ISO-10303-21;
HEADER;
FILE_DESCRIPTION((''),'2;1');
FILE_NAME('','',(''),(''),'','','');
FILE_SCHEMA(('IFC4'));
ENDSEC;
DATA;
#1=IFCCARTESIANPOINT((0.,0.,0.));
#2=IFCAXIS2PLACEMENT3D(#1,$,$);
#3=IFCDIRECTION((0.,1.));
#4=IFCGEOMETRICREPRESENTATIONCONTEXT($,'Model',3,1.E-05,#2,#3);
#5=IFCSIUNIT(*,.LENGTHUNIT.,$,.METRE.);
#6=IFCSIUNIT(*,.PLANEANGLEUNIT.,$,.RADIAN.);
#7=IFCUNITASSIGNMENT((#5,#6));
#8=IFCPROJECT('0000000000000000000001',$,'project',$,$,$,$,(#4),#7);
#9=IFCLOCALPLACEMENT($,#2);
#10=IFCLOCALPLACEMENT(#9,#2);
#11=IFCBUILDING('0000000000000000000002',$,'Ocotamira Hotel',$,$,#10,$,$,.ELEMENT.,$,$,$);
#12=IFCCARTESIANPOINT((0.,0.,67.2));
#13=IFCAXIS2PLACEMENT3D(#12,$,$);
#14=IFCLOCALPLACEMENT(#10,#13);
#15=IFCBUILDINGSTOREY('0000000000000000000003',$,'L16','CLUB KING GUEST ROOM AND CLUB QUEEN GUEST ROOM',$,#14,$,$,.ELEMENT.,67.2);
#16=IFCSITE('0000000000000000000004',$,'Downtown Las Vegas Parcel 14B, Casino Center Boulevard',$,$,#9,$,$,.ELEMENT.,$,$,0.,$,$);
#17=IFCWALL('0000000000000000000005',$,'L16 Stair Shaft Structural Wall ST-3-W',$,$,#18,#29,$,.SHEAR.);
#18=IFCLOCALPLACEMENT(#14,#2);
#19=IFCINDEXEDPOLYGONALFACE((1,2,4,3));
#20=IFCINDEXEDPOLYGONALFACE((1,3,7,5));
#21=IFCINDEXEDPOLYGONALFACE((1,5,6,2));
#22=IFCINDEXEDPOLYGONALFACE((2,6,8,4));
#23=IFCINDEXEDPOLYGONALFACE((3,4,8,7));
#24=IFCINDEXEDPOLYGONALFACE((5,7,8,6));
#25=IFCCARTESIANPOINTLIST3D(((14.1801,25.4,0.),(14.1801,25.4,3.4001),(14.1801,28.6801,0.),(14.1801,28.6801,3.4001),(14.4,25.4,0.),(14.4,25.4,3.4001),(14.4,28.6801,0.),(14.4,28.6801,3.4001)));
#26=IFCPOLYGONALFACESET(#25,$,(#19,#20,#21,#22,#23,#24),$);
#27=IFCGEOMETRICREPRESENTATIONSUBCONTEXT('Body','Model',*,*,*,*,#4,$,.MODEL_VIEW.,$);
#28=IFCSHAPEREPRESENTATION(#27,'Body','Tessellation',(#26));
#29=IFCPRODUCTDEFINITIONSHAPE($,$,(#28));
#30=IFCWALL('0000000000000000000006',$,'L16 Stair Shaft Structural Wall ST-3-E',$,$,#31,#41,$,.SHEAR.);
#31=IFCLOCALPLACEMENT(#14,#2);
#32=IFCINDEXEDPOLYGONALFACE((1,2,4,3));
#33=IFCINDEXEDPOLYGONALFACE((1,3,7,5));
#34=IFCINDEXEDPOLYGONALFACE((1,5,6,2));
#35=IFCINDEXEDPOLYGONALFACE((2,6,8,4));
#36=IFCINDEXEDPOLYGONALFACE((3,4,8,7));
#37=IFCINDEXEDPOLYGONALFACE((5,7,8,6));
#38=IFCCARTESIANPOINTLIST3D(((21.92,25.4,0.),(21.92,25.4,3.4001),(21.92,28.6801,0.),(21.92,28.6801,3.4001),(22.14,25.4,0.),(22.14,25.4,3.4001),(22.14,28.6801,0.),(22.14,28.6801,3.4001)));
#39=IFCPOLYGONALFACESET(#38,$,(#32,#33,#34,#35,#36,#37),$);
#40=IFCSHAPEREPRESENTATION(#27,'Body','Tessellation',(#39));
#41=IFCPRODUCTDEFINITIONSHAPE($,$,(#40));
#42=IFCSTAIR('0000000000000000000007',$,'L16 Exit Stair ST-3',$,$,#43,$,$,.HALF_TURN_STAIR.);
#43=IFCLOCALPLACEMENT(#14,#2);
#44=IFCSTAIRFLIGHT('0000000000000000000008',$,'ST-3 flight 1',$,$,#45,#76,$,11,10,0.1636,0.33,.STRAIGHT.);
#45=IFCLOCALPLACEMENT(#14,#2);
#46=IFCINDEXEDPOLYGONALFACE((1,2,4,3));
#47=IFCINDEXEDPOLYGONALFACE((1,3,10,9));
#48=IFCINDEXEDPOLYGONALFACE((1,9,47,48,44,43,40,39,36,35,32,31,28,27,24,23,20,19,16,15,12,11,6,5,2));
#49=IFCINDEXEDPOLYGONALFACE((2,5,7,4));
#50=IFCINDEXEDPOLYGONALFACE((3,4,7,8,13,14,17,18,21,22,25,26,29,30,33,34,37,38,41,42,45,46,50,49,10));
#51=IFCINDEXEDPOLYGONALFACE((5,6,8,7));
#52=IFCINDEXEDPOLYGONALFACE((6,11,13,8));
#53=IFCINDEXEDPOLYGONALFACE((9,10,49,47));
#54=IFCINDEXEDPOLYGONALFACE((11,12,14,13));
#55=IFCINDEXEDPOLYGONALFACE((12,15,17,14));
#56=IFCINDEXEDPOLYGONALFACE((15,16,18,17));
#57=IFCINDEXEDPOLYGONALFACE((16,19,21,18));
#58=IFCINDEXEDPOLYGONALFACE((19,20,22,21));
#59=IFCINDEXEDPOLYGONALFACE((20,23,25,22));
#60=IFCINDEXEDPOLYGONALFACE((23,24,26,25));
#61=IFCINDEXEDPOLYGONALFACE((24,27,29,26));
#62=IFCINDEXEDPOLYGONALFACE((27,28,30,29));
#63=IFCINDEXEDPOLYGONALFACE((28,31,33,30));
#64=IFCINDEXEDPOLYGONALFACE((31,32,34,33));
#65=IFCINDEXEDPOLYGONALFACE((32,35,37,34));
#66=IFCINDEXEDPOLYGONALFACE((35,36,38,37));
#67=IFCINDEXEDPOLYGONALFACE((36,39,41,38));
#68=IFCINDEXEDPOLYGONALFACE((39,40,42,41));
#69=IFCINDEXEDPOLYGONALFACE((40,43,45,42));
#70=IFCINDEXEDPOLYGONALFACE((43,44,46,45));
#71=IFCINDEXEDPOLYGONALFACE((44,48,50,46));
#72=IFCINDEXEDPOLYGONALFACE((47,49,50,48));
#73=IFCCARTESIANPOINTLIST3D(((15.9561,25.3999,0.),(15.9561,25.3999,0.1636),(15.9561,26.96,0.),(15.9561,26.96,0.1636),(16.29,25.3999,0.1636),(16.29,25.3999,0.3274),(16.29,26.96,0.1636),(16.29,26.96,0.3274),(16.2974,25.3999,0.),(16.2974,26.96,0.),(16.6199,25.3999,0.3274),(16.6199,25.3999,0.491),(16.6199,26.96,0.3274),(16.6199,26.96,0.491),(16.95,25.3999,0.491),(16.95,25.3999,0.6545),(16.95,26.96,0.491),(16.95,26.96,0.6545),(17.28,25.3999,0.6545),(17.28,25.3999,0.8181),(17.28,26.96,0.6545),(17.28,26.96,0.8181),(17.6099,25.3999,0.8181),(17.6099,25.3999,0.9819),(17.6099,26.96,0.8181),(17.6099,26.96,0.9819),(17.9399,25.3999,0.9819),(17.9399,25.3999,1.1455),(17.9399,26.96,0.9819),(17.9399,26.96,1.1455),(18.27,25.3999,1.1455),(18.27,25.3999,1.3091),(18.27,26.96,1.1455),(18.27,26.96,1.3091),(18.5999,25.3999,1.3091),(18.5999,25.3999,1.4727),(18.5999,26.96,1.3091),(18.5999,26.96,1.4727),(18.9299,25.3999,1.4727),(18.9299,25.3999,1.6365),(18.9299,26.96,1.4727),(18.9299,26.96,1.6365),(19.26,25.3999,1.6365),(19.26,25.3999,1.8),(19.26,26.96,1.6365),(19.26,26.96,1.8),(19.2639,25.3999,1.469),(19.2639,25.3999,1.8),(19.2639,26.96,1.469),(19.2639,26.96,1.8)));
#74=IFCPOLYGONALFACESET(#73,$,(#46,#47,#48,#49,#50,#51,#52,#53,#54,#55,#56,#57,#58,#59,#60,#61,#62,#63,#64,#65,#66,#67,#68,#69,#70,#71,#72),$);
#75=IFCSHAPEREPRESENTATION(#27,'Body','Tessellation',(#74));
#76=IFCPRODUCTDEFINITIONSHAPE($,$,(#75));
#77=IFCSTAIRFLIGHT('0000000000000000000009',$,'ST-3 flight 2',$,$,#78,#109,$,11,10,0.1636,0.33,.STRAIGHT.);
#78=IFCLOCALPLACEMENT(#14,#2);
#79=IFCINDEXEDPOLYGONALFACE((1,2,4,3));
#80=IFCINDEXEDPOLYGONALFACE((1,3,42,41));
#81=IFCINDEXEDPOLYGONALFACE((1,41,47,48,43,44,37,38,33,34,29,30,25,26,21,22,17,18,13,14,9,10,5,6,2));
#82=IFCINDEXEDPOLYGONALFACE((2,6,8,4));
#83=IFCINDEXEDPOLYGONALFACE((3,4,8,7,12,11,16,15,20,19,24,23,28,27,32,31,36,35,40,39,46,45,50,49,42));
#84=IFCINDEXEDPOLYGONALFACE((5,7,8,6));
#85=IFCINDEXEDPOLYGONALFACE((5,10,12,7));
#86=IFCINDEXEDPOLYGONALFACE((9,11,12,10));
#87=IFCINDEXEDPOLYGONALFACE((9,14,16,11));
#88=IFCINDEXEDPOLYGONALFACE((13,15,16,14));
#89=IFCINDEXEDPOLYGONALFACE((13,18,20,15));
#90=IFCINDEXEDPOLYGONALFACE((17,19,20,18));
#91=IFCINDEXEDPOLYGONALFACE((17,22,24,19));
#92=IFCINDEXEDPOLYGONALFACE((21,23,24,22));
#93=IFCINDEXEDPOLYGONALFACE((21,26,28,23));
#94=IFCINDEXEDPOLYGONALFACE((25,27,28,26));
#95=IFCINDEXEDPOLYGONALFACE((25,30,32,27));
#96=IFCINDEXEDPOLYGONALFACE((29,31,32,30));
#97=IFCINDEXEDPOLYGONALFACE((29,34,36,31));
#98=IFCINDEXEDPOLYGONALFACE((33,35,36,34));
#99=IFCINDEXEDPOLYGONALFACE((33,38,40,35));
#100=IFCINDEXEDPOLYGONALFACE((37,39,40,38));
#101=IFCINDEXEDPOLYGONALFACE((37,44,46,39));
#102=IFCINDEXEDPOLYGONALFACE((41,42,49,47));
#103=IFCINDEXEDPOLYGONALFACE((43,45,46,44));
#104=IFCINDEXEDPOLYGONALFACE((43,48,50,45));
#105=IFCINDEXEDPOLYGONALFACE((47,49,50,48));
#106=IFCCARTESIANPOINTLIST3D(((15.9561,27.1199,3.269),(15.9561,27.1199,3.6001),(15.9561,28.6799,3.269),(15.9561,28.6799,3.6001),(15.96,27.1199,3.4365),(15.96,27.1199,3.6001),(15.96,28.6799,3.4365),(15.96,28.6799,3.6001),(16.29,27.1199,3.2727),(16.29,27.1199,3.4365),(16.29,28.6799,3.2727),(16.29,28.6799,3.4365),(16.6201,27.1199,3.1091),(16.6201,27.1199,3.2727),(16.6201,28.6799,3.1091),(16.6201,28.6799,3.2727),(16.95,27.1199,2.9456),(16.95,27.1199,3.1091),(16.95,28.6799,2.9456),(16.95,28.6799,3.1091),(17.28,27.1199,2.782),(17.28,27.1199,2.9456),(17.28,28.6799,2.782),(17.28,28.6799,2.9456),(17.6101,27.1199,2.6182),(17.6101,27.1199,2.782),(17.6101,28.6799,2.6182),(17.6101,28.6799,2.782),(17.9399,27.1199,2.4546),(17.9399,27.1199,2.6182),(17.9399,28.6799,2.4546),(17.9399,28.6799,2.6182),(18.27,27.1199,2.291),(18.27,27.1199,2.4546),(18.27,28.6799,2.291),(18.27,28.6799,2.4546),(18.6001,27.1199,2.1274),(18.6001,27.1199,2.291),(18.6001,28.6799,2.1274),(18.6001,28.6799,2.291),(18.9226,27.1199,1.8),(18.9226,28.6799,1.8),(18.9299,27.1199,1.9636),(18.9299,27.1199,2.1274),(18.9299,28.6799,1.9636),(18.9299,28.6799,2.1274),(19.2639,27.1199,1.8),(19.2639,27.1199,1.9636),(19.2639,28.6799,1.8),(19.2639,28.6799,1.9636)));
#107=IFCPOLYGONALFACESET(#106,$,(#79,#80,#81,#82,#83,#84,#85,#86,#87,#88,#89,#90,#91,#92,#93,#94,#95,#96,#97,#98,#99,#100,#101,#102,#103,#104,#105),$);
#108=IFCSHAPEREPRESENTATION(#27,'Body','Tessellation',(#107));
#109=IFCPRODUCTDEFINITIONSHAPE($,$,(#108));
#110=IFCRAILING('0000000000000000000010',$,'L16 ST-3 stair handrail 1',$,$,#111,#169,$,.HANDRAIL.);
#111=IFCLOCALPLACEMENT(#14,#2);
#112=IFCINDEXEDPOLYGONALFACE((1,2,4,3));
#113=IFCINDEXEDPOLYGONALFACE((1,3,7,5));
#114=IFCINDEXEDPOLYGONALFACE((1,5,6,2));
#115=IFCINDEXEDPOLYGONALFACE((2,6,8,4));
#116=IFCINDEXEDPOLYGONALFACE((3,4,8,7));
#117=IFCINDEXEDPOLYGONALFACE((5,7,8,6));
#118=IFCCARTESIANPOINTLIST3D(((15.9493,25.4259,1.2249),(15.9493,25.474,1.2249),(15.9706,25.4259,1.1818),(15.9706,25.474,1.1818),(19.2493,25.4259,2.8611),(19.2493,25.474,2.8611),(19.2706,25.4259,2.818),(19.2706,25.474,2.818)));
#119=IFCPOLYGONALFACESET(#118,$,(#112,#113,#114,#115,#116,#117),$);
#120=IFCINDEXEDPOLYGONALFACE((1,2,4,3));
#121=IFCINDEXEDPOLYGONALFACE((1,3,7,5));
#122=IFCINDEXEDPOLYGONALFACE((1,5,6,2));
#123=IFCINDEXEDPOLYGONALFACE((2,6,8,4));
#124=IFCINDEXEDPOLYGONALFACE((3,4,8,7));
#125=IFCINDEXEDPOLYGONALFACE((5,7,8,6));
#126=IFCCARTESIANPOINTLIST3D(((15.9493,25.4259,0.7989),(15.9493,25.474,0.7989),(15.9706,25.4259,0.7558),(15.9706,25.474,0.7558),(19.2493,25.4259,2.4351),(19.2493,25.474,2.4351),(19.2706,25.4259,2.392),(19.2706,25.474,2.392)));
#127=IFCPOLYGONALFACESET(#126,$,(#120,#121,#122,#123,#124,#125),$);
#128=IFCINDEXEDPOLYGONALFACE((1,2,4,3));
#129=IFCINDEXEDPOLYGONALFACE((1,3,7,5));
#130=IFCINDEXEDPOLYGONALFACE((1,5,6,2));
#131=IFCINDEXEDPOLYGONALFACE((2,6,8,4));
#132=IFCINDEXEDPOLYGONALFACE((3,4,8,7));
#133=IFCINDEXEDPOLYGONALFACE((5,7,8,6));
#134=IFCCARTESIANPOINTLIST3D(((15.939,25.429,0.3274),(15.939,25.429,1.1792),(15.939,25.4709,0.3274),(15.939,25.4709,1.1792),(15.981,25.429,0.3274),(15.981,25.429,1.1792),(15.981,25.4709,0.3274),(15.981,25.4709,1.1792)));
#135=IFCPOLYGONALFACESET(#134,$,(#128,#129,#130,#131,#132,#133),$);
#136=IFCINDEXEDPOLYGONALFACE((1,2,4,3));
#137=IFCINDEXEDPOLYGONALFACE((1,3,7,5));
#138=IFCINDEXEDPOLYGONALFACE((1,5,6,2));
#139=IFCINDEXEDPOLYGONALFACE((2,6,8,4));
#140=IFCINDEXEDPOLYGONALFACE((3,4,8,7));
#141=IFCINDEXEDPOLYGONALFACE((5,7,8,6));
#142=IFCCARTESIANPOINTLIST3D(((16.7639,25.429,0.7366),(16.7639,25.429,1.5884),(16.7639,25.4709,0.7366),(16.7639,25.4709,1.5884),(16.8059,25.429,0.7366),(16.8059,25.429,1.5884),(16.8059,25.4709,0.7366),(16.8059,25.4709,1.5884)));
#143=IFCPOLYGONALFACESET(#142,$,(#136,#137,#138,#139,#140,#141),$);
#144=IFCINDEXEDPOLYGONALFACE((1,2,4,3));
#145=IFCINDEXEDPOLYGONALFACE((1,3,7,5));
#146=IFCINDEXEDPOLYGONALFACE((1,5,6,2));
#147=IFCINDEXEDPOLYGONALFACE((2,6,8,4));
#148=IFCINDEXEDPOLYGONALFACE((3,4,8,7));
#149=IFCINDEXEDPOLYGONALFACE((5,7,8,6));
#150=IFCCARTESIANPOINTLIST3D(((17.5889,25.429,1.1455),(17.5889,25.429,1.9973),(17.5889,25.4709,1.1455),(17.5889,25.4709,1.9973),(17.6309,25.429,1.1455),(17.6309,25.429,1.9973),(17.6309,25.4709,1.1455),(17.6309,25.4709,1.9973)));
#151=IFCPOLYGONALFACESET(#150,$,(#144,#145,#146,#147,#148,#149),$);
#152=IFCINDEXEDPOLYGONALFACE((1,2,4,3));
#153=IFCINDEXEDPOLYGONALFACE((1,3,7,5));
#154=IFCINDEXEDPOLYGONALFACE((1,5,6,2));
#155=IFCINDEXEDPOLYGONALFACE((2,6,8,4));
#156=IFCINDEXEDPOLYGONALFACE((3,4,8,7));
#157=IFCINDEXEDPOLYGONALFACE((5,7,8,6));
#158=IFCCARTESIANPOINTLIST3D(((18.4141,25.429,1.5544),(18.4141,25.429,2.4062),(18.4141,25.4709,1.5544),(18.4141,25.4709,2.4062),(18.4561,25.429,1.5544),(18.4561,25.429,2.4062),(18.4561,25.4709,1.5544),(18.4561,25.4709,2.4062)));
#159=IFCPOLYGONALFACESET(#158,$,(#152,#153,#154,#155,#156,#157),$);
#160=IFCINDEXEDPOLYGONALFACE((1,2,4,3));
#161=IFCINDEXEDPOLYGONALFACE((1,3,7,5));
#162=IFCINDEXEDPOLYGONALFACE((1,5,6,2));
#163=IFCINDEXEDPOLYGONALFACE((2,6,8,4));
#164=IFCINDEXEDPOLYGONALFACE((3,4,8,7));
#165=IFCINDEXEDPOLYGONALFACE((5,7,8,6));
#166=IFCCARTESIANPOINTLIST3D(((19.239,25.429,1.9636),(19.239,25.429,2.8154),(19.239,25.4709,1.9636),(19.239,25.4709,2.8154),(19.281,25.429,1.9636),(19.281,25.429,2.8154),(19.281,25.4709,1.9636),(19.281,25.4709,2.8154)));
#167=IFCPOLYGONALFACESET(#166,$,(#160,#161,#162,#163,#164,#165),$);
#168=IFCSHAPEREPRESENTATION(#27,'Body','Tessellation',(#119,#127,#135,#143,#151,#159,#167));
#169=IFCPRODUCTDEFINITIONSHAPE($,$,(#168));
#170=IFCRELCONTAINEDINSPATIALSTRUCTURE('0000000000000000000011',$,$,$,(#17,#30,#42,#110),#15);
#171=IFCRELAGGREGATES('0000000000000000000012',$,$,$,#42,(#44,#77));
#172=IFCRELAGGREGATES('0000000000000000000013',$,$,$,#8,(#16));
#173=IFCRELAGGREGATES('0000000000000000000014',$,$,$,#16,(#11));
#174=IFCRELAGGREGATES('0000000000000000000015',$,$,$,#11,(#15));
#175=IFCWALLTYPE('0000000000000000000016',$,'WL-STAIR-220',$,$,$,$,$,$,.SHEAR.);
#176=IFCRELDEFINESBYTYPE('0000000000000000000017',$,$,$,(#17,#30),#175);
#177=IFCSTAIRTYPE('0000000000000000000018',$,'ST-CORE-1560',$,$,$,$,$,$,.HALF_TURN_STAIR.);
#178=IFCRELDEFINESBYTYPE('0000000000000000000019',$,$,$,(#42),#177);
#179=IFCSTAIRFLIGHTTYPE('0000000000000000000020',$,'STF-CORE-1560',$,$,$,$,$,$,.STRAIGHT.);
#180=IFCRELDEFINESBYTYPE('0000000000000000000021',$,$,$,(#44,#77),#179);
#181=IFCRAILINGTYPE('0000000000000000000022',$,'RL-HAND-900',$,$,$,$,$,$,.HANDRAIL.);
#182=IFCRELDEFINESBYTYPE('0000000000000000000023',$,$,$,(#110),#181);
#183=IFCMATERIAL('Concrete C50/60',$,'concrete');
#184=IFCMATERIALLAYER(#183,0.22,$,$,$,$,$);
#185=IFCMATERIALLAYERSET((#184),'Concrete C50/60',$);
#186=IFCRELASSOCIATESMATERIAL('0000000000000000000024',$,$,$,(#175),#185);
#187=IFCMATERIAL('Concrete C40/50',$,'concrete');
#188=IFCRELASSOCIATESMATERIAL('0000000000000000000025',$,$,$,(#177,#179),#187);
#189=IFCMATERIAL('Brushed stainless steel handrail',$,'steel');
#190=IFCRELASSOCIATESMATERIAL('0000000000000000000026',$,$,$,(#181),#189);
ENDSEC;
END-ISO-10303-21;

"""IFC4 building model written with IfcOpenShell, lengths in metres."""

from ifc_helpers import new_model, si_unit, direction, frame, frame_2d, origin, origin_2d, place, context, subcontext, project, spatial, polyline, rectangle, outline, extrude, source, transform, mapped, material, layer, layer_set, type_object, element, aggregate, save


model = new_model("IFC4")

# Units and contexts
model_context = context("Model", 3, precision=1e-05, world=origin(), true_north=direction((0.0, 1.0)))
body_context = subcontext(model_context, "Body", "Model", "MODEL_VIEW")
ifc_project = project(units=[si_unit("LENGTHUNIT", "METRE"), si_unit("PLANEANGLEUNIT", "RADIAN")], contexts=[model_context])

# Site, building, storey
site_placement = place(None, origin())
site = spatial("IfcSite", under=ifc_project, at=site_placement, Name="Downtown Las Vegas Parcel 14B, Casino Center Boulevard", CompositionType="ELEMENT", RefElevation=0.0)
building_placement = place(site_placement, origin())
building = spatial("IfcBuilding", under=site, at=building_placement, Name="Ocotamira Hotel", CompositionType="ELEMENT")
storey_placement = place(building_placement, frame((0.0, 0.0, 67.2)))
storey = spatial("IfcBuildingStorey", under=building, at=storey_placement, Name="L16", Description="CLUB KING GUEST ROOM AND CLUB QUEEN GUEST ROOM", CompositionType="ELEMENT", Elevation=67.2)

# Walls
ifc_material_1 = material(Name="Concrete C50/60", Category="concrete")
ifc_layer_1 = layer(ifc_material_1, 0.22)
ifc_layer_set_1 = layer_set([ifc_layer_1], Name="Concrete C50/60")
wall_type_1 = type_object("IfcWallType", Name="WL-STAIR-220", PredefinedType="SHEAR", material=ifc_layer_set_1)
for number, where, z_axis, x_axis, name in (
    (1, (14.29, 25.3999, 0.0), (0.0, 0.0, 1.0), (0.0, 1.0, 0.0), "L16 Stair Shaft Structural Wall ST-3-W"),
    (2, (22.03, 25.3999, 0.0), (0.0, 0.0, 1.0), (0.0, 1.0, 0.0), "L16 Stair Shaft Structural Wall ST-3-E"),
):
    element("IfcWall", number, at=place(storey_placement, frame(where, z_axis=z_axis, x_axis=x_axis)), inside=storey, type_object=wall_type_1, Name=name, PredefinedType="SHEAR", context=body_context, shape_type="SweptSolid", body=[
        extrude(rectangle(XDim=3.28, YDim=0.22, at=frame_2d((1.6401, 0.0))), origin(), (0.0, 0.0, 1.0), 3.4001),
    ])

# Stair, stair flights
ifc_material_2 = material(Name="Concrete C40/50", Category="concrete")
stair_type = type_object("IfcStairType", Name="ST-CORE-1560", PredefinedType="HALF_TURN_STAIR", material=ifc_material_2)
stair_placement = place(storey_placement, origin())
stair = element("IfcStair", 3, at=stair_placement, inside=storey, type_object=stair_type, Name="L16 Exit Stair ST-3", PredefinedType="HALF_TURN_STAIR")
stair_flight_type = type_object("IfcStairFlightType", Name="STF-CORE-1560", PredefinedType="STRAIGHT", material=ifc_material_2)
shared_shape_1 = source(origin(), body_context, "Body", "SweptSolid", [
    extrude(outline(polyline([(-0.0039, 0.0), (-0.0039, 0.1636), (0.3301, 0.1636), (0.3301, 0.3274), (0.6599, 0.3274), (0.6599, 0.491), (0.99, 0.491), (0.99, 0.6545), (1.3201, 0.6545), (1.3201, 0.8181), (1.6499, 0.8181), (1.6499, 0.9819), (1.98, 0.9819), (1.98, 1.1455), (2.3101, 1.1455), (2.3101, 1.3091), (2.6399, 1.3091), (2.6399, 1.4727), (2.97, 1.4727), (2.97, 1.6365), (3.3, 1.6365), (3.3, 1.8), (3.304, 1.8), (3.304, 1.469), (0.3374, 0.0), (-0.0039, 0.0)])), frame((0.0, 0.78, 0.0), z_axis=(0.0, -1.0, 0.0), x_axis=(1.0, 0.0, 0.0)), (0.0, 0.0, 1.0), 1.5601),
])
stair_flight_1_placement = place(storey_placement, frame((15.96, 26.1799, 0.0), z_axis=(0.0, 0.0, 1.0), x_axis=(1.0, 0.0, 0.0)))
stair_flight_1 = element("IfcStairFlight", 4, at=stair_flight_1_placement, type_object=stair_flight_type, Name="ST-3 flight 1", NumberOfRisers=11, NumberOfTreads=10, PredefinedType="STRAIGHT", RiserHeight=0.1636, TreadLength=0.33, context=body_context, shape_type="MappedRepresentation", body=[
    mapped(shared_shape_1, transform((0.0, 0.0, 0.0), scale=1.0)),
])
stair_flight_2_placement = place(storey_placement, frame((19.26, 27.8999, 1.8), z_axis=(0.0, 0.0, 1.0), x_axis=(-1.0, 0.0, 0.0)))
stair_flight_2 = element("IfcStairFlight", 5, at=stair_flight_2_placement, type_object=stair_flight_type, Name="ST-3 flight 2", NumberOfRisers=11, NumberOfTreads=10, PredefinedType="STRAIGHT", RiserHeight=0.1636, TreadLength=0.33, context=body_context, shape_type="MappedRepresentation", body=[
    mapped(shared_shape_1, transform((0.0, 0.0, 0.0), scale=1.0)),
])
aggregate(stair, [stair_flight_1, stair_flight_2])

# Railing
ifc_material_3 = material(Name="Brushed stainless steel handrail", Category="steel")
railing_type_1 = type_object("IfcRailingType", Name="RL-HAND-900", PredefinedType="HANDRAIL", material=ifc_material_3)
railing_1_placement = place(storey_placement, frame((15.96, 25.45, 0.3274)))
element("IfcRailing", 6, at=railing_1_placement, inside=storey, type_object=railing_type_1, Name="L16 ST-3 stair handrail 1", PredefinedType="HANDRAIL", context=body_context, shape_type="SweptSolid", body=[
    extrude(rectangle(XDim=0.0481, YDim=0.0481, at=origin_2d()), frame((0.0, 0.0, 0.876), z_axis=(0.89592, 0.0, 0.444215), x_axis=(0.0, 1.0, 0.0)), (0.0, 0.0, 1.0), 3.6833),
    extrude(rectangle(XDim=0.0481, YDim=0.0481, at=origin_2d()), frame((0.0, 0.0, 0.45), z_axis=(0.89592, 0.0, 0.444215), x_axis=(0.0, 1.0, 0.0)), (0.0, 0.0, 1.0), 3.6833),
    extrude(rectangle(XDim=0.042, YDim=0.042, at=origin_2d()), origin(), (0.0, 0.0, 1.0), 0.8518),
    extrude(rectangle(XDim=0.042, YDim=0.042, at=origin_2d()), frame((0.825, 0.0, 0.4092)), (0.0, 0.0, 1.0), 0.8518),
    extrude(rectangle(XDim=0.042, YDim=0.042, at=origin_2d()), frame((1.6499, 0.0, 0.8181)), (0.0, 0.0, 1.0), 0.8518),
    extrude(rectangle(XDim=0.042, YDim=0.042, at=origin_2d()), frame((2.4751, 0.0, 1.2271)), (0.0, 0.0, 1.0), 0.8518),
    extrude(rectangle(XDim=0.042, YDim=0.042, at=origin_2d()), frame((3.3, 0.0, 1.6362)), (0.0, 0.0, 1.0), 0.8518),
])

save(model, "model.ifc")
